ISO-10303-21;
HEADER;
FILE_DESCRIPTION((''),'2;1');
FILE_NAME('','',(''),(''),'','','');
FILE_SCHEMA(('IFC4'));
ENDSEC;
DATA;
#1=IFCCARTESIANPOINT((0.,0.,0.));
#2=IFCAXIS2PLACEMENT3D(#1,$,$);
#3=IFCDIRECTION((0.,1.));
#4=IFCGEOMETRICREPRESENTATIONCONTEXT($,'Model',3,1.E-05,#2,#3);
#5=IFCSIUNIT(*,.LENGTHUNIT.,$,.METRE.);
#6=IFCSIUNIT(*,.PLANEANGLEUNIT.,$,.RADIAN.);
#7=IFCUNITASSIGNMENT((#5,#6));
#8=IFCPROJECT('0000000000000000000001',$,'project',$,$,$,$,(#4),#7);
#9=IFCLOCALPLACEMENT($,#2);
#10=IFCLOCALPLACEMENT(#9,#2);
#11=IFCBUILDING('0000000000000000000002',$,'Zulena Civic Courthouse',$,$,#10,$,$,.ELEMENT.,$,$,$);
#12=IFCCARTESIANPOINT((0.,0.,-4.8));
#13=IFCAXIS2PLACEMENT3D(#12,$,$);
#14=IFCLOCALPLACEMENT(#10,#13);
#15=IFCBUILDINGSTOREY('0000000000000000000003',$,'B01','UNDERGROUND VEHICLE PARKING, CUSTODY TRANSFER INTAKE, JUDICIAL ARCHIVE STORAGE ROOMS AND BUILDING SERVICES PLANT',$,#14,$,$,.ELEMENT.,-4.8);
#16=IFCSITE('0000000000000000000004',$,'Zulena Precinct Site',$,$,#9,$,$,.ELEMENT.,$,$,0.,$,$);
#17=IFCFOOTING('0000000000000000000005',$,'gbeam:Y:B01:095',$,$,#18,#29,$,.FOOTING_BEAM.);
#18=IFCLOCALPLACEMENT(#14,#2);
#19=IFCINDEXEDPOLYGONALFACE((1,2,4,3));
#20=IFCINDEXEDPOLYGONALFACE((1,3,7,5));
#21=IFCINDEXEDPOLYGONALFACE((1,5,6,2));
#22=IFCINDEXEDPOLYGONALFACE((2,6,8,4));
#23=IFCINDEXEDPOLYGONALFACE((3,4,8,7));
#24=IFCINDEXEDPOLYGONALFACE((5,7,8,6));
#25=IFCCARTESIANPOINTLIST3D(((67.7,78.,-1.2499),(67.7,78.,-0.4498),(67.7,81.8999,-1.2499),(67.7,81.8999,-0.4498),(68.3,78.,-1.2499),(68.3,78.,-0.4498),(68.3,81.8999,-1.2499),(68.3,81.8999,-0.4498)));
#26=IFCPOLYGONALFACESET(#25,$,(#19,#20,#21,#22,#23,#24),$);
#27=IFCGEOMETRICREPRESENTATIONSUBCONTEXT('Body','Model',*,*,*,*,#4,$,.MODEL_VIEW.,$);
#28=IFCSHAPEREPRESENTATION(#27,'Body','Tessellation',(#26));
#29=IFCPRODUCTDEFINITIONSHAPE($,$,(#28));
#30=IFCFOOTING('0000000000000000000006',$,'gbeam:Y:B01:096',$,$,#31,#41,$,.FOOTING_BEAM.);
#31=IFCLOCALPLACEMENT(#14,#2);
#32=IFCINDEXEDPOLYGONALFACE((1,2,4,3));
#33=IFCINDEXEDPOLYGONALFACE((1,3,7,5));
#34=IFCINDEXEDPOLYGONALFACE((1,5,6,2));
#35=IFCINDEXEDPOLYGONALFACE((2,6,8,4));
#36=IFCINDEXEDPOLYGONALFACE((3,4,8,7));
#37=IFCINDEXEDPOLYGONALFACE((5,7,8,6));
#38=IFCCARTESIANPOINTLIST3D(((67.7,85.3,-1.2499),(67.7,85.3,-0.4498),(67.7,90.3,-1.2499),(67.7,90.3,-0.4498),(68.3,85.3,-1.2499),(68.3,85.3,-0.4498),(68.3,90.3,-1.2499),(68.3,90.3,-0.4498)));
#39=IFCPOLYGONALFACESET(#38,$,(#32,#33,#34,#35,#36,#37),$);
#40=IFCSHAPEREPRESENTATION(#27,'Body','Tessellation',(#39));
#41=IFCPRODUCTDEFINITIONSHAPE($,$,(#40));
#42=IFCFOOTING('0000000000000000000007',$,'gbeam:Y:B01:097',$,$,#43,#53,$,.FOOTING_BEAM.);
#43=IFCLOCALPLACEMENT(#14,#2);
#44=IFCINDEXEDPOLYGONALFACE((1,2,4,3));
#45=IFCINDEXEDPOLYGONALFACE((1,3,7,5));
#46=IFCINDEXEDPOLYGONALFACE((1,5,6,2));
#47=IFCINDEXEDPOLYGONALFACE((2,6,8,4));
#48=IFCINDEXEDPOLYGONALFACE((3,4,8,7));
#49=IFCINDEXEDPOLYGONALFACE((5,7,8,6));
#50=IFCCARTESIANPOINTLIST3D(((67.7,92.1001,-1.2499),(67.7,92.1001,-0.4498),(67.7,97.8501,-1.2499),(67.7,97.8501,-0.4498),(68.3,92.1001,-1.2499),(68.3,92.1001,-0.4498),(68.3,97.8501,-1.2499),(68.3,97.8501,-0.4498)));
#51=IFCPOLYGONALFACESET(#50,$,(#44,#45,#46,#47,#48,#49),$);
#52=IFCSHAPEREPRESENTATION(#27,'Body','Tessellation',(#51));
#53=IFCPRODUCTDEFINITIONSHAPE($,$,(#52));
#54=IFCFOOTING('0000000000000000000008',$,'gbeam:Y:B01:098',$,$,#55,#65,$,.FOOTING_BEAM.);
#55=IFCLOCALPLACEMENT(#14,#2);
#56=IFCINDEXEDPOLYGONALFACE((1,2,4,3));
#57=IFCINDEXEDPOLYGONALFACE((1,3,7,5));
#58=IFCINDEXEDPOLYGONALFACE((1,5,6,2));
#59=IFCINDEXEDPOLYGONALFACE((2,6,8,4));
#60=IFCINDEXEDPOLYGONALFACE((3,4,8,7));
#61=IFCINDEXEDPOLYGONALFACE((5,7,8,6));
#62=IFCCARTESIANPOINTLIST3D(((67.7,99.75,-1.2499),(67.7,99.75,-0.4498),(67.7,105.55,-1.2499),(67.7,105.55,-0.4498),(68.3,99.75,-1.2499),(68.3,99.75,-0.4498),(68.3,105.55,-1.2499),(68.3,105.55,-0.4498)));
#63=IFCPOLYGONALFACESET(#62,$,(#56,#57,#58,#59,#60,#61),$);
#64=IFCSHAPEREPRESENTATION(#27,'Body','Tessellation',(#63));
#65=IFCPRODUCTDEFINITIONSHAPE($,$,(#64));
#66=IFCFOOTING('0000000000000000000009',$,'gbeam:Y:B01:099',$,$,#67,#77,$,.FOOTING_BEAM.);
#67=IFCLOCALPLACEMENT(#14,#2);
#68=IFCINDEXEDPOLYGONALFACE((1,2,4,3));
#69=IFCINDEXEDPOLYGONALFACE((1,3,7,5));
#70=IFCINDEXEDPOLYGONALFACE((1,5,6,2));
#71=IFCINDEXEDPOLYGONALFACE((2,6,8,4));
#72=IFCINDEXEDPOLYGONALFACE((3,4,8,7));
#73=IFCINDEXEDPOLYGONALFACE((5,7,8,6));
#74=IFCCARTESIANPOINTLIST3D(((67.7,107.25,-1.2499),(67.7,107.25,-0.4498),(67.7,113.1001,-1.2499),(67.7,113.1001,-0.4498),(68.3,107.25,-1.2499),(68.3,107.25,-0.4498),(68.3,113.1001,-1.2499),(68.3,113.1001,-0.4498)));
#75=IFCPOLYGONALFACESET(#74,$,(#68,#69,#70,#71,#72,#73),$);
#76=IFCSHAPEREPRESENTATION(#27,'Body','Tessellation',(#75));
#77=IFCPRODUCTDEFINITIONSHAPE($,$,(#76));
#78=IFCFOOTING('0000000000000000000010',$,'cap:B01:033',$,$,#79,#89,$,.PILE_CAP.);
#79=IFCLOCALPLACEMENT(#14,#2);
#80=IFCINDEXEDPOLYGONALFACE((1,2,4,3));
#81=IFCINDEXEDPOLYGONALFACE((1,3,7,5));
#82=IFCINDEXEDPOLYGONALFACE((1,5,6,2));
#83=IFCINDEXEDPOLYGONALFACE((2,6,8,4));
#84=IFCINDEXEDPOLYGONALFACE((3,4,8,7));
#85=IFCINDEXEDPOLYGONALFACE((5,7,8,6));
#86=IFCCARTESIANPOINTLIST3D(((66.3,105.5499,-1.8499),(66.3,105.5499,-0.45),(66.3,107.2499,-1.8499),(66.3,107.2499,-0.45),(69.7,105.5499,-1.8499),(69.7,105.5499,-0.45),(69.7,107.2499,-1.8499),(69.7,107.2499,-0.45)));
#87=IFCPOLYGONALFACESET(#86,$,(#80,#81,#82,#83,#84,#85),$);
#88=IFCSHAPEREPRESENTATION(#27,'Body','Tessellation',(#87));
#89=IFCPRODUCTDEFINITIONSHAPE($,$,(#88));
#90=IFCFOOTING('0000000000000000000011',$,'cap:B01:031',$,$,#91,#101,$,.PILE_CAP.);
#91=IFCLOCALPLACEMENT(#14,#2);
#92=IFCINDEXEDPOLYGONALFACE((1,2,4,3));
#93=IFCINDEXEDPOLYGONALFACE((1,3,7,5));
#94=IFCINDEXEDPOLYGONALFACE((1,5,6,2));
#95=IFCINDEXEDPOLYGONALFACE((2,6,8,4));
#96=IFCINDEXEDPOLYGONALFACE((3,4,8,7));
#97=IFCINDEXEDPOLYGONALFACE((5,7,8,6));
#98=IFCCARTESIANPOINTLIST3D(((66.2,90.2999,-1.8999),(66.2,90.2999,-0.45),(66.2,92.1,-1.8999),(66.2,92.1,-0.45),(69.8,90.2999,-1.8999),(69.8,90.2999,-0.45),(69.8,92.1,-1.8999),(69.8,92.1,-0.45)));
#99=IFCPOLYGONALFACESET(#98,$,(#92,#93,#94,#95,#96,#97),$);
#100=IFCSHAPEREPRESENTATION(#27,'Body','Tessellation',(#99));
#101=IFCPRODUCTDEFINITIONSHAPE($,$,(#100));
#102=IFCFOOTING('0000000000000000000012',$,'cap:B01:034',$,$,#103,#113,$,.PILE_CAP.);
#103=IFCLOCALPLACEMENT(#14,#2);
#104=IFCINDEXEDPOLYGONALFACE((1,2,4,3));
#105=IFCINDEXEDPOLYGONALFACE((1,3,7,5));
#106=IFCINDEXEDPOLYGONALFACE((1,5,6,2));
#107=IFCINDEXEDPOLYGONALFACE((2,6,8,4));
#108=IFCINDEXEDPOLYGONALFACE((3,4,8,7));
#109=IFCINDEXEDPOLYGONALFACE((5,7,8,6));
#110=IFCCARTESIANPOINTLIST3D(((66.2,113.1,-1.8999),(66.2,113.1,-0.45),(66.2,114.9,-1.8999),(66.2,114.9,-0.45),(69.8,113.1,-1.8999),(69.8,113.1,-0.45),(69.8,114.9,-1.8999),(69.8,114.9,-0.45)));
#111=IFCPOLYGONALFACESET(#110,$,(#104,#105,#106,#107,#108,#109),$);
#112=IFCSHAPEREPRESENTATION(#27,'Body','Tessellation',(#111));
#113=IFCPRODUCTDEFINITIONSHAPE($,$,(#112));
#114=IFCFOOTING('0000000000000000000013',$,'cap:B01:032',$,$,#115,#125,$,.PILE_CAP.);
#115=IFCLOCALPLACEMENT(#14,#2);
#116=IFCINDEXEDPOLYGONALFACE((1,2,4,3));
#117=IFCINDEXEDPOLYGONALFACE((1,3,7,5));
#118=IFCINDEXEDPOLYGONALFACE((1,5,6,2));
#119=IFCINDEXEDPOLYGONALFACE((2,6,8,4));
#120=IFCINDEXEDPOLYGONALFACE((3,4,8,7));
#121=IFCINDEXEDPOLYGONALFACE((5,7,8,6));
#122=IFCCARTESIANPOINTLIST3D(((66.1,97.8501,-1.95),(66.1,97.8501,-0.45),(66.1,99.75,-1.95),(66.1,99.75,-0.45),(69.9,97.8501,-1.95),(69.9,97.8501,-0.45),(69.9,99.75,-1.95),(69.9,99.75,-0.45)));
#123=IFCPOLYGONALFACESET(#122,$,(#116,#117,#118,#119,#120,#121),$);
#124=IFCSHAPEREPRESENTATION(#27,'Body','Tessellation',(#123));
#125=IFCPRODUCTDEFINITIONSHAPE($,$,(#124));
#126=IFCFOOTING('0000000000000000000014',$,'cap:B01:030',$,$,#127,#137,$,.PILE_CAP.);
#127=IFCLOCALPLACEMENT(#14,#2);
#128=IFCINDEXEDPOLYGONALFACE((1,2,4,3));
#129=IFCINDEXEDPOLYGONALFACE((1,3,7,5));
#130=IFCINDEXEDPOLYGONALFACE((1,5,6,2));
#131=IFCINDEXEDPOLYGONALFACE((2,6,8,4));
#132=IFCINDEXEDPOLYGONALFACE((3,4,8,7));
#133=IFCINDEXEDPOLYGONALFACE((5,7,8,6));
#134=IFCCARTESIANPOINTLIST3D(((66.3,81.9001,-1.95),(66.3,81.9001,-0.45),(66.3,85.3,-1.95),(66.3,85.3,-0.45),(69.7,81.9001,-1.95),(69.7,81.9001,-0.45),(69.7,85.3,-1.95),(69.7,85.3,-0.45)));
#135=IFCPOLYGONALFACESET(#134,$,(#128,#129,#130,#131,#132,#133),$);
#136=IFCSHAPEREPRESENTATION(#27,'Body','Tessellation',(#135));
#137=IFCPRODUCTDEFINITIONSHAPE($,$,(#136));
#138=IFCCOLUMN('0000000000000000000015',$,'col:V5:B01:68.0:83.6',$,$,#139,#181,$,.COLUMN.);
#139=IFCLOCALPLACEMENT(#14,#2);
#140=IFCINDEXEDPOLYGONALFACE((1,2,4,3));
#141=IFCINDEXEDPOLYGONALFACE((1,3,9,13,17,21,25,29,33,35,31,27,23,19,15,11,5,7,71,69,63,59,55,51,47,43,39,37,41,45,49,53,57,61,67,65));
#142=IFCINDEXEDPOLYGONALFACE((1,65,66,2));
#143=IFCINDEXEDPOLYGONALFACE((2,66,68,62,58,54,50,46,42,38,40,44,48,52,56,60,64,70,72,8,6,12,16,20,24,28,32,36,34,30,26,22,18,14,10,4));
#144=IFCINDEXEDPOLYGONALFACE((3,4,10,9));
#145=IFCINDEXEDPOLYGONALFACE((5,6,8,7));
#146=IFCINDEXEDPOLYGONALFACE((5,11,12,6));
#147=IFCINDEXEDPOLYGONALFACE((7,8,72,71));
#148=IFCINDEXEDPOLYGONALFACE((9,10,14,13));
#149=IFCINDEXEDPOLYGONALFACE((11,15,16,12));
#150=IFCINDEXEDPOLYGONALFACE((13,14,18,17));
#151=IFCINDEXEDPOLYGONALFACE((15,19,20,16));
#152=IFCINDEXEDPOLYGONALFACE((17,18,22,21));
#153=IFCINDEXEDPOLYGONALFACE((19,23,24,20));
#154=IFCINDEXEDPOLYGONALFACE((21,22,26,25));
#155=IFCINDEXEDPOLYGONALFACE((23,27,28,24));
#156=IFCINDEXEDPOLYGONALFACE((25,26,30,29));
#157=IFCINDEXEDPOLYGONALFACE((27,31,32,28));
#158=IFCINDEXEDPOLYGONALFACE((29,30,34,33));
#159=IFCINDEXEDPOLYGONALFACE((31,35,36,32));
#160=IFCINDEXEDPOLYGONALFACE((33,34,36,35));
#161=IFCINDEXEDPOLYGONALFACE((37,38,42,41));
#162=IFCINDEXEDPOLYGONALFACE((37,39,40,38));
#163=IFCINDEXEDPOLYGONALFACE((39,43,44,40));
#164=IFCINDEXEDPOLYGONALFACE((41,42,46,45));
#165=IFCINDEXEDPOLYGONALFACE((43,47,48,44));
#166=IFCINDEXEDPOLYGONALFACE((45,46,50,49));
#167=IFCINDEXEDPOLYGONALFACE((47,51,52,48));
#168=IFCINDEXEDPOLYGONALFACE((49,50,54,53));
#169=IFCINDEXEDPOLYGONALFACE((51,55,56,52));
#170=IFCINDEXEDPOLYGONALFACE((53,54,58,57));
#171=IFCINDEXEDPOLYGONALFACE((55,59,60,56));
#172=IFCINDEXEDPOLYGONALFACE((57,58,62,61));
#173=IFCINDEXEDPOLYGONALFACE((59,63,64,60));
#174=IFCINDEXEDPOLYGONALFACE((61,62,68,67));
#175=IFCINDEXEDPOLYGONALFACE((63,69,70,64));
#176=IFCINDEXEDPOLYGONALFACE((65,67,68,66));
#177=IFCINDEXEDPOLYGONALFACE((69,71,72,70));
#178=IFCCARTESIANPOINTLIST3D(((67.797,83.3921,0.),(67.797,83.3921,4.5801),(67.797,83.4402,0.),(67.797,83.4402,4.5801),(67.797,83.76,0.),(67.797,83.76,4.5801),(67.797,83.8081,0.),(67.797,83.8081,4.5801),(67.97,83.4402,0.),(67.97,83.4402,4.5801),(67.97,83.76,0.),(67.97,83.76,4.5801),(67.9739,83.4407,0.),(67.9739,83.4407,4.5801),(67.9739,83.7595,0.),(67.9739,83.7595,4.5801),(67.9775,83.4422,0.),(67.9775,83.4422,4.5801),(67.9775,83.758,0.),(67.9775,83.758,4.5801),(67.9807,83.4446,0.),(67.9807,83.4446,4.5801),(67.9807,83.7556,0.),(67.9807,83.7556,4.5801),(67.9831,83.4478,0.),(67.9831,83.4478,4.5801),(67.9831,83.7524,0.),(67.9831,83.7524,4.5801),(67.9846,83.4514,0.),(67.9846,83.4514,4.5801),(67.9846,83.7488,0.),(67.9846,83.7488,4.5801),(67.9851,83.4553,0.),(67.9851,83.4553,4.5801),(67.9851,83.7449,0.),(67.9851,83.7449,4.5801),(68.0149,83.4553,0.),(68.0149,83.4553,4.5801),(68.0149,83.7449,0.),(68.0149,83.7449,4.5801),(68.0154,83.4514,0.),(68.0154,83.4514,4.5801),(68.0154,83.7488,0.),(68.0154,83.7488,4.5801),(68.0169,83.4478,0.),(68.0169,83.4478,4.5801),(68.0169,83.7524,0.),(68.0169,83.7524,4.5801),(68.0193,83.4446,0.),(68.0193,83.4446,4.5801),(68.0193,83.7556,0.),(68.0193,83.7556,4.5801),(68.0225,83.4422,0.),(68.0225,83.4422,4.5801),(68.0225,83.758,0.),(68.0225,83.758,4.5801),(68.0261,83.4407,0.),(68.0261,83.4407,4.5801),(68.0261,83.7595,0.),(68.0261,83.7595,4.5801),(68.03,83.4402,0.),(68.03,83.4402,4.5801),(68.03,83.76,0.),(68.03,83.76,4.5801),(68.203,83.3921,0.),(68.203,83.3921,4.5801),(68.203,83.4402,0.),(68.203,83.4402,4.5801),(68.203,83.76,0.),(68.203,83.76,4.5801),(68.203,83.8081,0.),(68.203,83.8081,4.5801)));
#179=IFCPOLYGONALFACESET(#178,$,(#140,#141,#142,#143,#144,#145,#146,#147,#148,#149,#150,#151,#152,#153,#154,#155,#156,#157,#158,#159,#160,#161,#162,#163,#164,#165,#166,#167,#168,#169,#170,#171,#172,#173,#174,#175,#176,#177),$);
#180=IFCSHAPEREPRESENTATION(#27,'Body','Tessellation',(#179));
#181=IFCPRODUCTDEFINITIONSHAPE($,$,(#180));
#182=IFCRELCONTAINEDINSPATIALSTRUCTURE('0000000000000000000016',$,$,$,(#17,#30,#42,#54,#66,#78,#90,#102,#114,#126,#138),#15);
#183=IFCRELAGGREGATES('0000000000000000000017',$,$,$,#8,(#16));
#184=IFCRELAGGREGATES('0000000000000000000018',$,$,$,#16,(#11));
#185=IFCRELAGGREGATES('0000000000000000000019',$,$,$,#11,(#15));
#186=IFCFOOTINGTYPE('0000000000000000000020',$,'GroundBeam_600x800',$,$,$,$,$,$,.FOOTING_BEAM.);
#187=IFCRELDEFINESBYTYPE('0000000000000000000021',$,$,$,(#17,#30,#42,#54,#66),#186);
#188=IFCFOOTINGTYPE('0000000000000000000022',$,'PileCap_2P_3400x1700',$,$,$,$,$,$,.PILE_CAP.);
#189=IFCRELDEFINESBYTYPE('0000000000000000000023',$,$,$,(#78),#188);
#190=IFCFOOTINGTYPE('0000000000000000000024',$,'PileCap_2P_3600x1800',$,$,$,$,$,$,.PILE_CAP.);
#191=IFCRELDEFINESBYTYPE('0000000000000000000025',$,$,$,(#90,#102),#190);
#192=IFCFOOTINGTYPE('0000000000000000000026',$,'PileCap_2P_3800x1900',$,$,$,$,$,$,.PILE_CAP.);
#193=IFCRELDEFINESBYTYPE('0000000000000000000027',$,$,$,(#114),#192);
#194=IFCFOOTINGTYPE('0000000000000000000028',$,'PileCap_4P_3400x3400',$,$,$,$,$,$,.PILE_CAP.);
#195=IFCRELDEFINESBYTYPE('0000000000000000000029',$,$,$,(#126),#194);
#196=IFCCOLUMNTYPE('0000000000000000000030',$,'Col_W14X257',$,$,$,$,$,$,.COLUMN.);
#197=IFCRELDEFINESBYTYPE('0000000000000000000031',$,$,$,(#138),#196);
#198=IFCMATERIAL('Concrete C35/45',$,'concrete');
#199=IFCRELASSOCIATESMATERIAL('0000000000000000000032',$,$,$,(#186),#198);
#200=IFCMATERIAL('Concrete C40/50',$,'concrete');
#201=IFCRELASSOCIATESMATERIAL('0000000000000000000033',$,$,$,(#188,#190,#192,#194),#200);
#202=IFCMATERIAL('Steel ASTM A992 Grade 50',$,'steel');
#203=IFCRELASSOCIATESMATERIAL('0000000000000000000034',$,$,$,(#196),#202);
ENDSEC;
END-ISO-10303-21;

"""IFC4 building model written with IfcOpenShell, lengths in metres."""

from ifc_helpers import new_model, si_unit, direction, frame, origin, origin_2d, place, context, subcontext, project, spatial, rectangle, i_section, extrude, material, material_profile, profile_set, type_object, element, save


model = new_model("IFC4")

# Units and contexts
model_context = context("Model", 3, precision=1e-05, world=origin(), true_north=direction((0.0, 1.0)))
body_context = subcontext(model_context, "Body", "Model", "MODEL_VIEW")
ifc_project = project(units=[si_unit("LENGTHUNIT", "METRE"), si_unit("PLANEANGLEUNIT", "RADIAN")], contexts=[model_context])

# Site, building, storey
site_placement = place(None, origin())
site = spatial("IfcSite", under=ifc_project, at=site_placement, Name="Zulena Precinct Site", CompositionType="ELEMENT", RefElevation=0.0)
building_placement = place(site_placement, origin())
building = spatial("IfcBuilding", under=site, at=building_placement, Name="Zulena Civic Courthouse", CompositionType="ELEMENT")
storey_placement = place(building_placement, frame((0.0, 0.0, -4.8)))
storey = spatial("IfcBuildingStorey", under=building, at=storey_placement, Name="B01", Description="UNDERGROUND VEHICLE PARKING, CUSTODY TRANSFER INTAKE, JUDICIAL ARCHIVE STORAGE ROOMS AND BUILDING SERVICES PLANT", CompositionType="ELEMENT", Elevation=-4.8)

# Footings
ifc_material_1 = material(Name="Concrete C35/45", Category="concrete")
ifc_material_profile_1 = material_profile(ifc_material_1, rectangle(XDim=0.6001, YDim=0.8, at=origin_2d()), Name="RC600X800")
ifc_profile_set_1 = profile_set([ifc_material_profile_1], Name="Concrete C35/45")
footing_type_1 = type_object("IfcFootingType", Name="GroundBeam_600x800", PredefinedType="FOOTING_BEAM", material=ifc_profile_set_1)
footing_1_placement = place(storey_placement, frame((68.0, 78.0, -0.8499), z_axis=(0.0, 1.0, 0.0), x_axis=(-1.0, 0.0, 0.0)))
element("IfcFooting", 1, at=footing_1_placement, inside=storey, type_object=footing_type_1, Name="gbeam:Y:B01:095", PredefinedType="FOOTING_BEAM", context=body_context, shape_type="SweptSolid", body=[
    extrude(rectangle(XDim=0.6001, YDim=0.8, at=origin_2d()), origin(), (0.0, 0.0, 1.0), 3.8999),
])
footing_2_placement = place(storey_placement, frame((68.0, 85.3, -0.8499), z_axis=(0.0, 1.0, 0.0), x_axis=(-1.0, 0.0, 0.0)))
element("IfcFooting", 2, at=footing_2_placement, inside=storey, type_object=footing_type_1, Name="gbeam:Y:B01:096", PredefinedType="FOOTING_BEAM", context=body_context, shape_type="SweptSolid", body=[
    extrude(rectangle(XDim=0.6001, YDim=0.8, at=origin_2d()), origin(), (0.0, 0.0, 1.0), 5.0),
])
footing_3_placement = place(storey_placement, frame((68.0, 92.1001, -0.8499), z_axis=(0.0, 1.0, 0.0), x_axis=(-1.0, 0.0, 0.0)))
element("IfcFooting", 3, at=footing_3_placement, inside=storey, type_object=footing_type_1, Name="gbeam:Y:B01:097", PredefinedType="FOOTING_BEAM", context=body_context, shape_type="SweptSolid", body=[
    extrude(rectangle(XDim=0.6001, YDim=0.8, at=origin_2d()), origin(), (0.0, 0.0, 1.0), 5.75),
])
footing_4_placement = place(storey_placement, frame((68.0, 99.75, -0.8499), z_axis=(0.0, 1.0, 0.0), x_axis=(-1.0, 0.0, 0.0)))
element("IfcFooting", 4, at=footing_4_placement, inside=storey, type_object=footing_type_1, Name="gbeam:Y:B01:098", PredefinedType="FOOTING_BEAM", context=body_context, shape_type="SweptSolid", body=[
    extrude(rectangle(XDim=0.6001, YDim=0.8, at=origin_2d()), origin(), (0.0, 0.0, 1.0), 5.8),
])
footing_5_placement = place(storey_placement, frame((68.0, 107.25, -0.8499), z_axis=(0.0, 1.0, 0.0), x_axis=(-1.0, 0.0, 0.0)))
element("IfcFooting", 5, at=footing_5_placement, inside=storey, type_object=footing_type_1, Name="gbeam:Y:B01:099", PredefinedType="FOOTING_BEAM", context=body_context, shape_type="SweptSolid", body=[
    extrude(rectangle(XDim=0.6001, YDim=0.8, at=origin_2d()), origin(), (0.0, 0.0, 1.0), 5.8501),
])
ifc_material_2 = material(Name="Concrete C40/50", Category="concrete")
footing_type_2 = type_object("IfcFootingType", Name="PileCap_2P_3400x1700", PredefinedType="PILE_CAP", material=ifc_material_2)
footing_6_placement = place(storey_placement, frame((68.0, 106.3999, -1.8499), z_axis=(0.0, 0.0, 1.0), x_axis=(1.0, 0.0, 0.0)))
element("IfcFooting", 6, at=footing_6_placement, inside=storey, type_object=footing_type_2, Name="cap:B01:033", PredefinedType="PILE_CAP", context=body_context, shape_type="SweptSolid", body=[
    extrude(rectangle(XDim=3.3999, YDim=1.7, at=origin_2d()), origin(), (0.0, 0.0, 1.0), 1.3999),
])
footing_type_3 = type_object("IfcFootingType", Name="PileCap_2P_3600x1800", PredefinedType="PILE_CAP", material=ifc_material_2)
for number, where, z_axis, x_axis, name in (
    (7, (68.0, 91.2, -1.8999), (0.0, 0.0, 1.0), (1.0, 0.0, 0.0), "cap:B01:031"),
    (8, (68.0, 114.0, -1.8999), (0.0, 0.0, 1.0), (1.0, 0.0, 0.0), "cap:B01:034"),
):
    element("IfcFooting", number, at=place(storey_placement, frame(where, z_axis=z_axis, x_axis=x_axis)), inside=storey, type_object=footing_type_3, Name=name, PredefinedType="PILE_CAP", context=body_context, shape_type="SweptSolid", body=[
        extrude(rectangle(XDim=3.6001, YDim=1.8, at=origin_2d()), origin(), (0.0, 0.0, 1.0), 1.45),
    ])
footing_type_4 = type_object("IfcFootingType", Name="PileCap_2P_3800x1900", PredefinedType="PILE_CAP", material=ifc_material_2)
footing_7_placement = place(storey_placement, frame((68.0, 98.8, -1.95), z_axis=(0.0, 0.0, 1.0), x_axis=(1.0, 0.0, 0.0)))
element("IfcFooting", 9, at=footing_7_placement, inside=storey, type_object=footing_type_4, Name="cap:B01:032", PredefinedType="PILE_CAP", context=body_context, shape_type="SweptSolid", body=[
    extrude(rectangle(XDim=3.8, YDim=1.8999, at=origin_2d()), origin(), (0.0, 0.0, 1.0), 1.5),
])
footing_type_5 = type_object("IfcFootingType", Name="PileCap_4P_3400x3400", PredefinedType="PILE_CAP", material=ifc_material_2)
footing_8_placement = place(storey_placement, frame((68.0, 83.6001, -1.95), z_axis=(0.0, 0.0, 1.0), x_axis=(1.0, 0.0, 0.0)))
element("IfcFooting", 10, at=footing_8_placement, inside=storey, type_object=footing_type_5, Name="cap:B01:030", PredefinedType="PILE_CAP", context=body_context, shape_type="SweptSolid", body=[
    extrude(rectangle(XDim=3.3999, YDim=3.3999, at=origin_2d()), origin(), (0.0, 0.0, 1.0), 1.5),
])

# Column
ifc_material_3 = material(Name="Steel ASTM A992 Grade 50", Category="steel")
ifc_material_profile_2 = material_profile(ifc_material_3, i_section(OverallWidth=0.406, OverallDepth=0.416, WebThickness=0.0298, FlangeThickness=0.0481, FilletRadius=0.0151, at=origin_2d()), Name="W14X257")
ifc_profile_set_2 = profile_set([ifc_material_profile_2], Name="Steel ASTM A992 Grade 50")
column_type = type_object("IfcColumnType", Name="Col_W14X257", PredefinedType="COLUMN", material=ifc_profile_set_2)
for number, where, z_axis, x_axis, name in (
    (11, (68.0, 83.6001, 0.0), (0.0, 0.0, 1.0), (1.0, 0.0, 0.0), "col:V5:B01:68.0:83.6"),
):
    element("IfcColumn", number, at=place(storey_placement, frame(where, z_axis=z_axis, x_axis=x_axis)), inside=storey, type_object=column_type, Name=name, PredefinedType="COLUMN", context=body_context, shape_type="SweptSolid", body=[
        extrude(i_section(OverallWidth=0.406, OverallDepth=0.416, WebThickness=0.0298, FlangeThickness=0.0481, FilletRadius=0.0151, at=origin_2d()), origin(), (0.0, 0.0, 1.0), 4.5801),
    ])

save(model, "model.ifc")
